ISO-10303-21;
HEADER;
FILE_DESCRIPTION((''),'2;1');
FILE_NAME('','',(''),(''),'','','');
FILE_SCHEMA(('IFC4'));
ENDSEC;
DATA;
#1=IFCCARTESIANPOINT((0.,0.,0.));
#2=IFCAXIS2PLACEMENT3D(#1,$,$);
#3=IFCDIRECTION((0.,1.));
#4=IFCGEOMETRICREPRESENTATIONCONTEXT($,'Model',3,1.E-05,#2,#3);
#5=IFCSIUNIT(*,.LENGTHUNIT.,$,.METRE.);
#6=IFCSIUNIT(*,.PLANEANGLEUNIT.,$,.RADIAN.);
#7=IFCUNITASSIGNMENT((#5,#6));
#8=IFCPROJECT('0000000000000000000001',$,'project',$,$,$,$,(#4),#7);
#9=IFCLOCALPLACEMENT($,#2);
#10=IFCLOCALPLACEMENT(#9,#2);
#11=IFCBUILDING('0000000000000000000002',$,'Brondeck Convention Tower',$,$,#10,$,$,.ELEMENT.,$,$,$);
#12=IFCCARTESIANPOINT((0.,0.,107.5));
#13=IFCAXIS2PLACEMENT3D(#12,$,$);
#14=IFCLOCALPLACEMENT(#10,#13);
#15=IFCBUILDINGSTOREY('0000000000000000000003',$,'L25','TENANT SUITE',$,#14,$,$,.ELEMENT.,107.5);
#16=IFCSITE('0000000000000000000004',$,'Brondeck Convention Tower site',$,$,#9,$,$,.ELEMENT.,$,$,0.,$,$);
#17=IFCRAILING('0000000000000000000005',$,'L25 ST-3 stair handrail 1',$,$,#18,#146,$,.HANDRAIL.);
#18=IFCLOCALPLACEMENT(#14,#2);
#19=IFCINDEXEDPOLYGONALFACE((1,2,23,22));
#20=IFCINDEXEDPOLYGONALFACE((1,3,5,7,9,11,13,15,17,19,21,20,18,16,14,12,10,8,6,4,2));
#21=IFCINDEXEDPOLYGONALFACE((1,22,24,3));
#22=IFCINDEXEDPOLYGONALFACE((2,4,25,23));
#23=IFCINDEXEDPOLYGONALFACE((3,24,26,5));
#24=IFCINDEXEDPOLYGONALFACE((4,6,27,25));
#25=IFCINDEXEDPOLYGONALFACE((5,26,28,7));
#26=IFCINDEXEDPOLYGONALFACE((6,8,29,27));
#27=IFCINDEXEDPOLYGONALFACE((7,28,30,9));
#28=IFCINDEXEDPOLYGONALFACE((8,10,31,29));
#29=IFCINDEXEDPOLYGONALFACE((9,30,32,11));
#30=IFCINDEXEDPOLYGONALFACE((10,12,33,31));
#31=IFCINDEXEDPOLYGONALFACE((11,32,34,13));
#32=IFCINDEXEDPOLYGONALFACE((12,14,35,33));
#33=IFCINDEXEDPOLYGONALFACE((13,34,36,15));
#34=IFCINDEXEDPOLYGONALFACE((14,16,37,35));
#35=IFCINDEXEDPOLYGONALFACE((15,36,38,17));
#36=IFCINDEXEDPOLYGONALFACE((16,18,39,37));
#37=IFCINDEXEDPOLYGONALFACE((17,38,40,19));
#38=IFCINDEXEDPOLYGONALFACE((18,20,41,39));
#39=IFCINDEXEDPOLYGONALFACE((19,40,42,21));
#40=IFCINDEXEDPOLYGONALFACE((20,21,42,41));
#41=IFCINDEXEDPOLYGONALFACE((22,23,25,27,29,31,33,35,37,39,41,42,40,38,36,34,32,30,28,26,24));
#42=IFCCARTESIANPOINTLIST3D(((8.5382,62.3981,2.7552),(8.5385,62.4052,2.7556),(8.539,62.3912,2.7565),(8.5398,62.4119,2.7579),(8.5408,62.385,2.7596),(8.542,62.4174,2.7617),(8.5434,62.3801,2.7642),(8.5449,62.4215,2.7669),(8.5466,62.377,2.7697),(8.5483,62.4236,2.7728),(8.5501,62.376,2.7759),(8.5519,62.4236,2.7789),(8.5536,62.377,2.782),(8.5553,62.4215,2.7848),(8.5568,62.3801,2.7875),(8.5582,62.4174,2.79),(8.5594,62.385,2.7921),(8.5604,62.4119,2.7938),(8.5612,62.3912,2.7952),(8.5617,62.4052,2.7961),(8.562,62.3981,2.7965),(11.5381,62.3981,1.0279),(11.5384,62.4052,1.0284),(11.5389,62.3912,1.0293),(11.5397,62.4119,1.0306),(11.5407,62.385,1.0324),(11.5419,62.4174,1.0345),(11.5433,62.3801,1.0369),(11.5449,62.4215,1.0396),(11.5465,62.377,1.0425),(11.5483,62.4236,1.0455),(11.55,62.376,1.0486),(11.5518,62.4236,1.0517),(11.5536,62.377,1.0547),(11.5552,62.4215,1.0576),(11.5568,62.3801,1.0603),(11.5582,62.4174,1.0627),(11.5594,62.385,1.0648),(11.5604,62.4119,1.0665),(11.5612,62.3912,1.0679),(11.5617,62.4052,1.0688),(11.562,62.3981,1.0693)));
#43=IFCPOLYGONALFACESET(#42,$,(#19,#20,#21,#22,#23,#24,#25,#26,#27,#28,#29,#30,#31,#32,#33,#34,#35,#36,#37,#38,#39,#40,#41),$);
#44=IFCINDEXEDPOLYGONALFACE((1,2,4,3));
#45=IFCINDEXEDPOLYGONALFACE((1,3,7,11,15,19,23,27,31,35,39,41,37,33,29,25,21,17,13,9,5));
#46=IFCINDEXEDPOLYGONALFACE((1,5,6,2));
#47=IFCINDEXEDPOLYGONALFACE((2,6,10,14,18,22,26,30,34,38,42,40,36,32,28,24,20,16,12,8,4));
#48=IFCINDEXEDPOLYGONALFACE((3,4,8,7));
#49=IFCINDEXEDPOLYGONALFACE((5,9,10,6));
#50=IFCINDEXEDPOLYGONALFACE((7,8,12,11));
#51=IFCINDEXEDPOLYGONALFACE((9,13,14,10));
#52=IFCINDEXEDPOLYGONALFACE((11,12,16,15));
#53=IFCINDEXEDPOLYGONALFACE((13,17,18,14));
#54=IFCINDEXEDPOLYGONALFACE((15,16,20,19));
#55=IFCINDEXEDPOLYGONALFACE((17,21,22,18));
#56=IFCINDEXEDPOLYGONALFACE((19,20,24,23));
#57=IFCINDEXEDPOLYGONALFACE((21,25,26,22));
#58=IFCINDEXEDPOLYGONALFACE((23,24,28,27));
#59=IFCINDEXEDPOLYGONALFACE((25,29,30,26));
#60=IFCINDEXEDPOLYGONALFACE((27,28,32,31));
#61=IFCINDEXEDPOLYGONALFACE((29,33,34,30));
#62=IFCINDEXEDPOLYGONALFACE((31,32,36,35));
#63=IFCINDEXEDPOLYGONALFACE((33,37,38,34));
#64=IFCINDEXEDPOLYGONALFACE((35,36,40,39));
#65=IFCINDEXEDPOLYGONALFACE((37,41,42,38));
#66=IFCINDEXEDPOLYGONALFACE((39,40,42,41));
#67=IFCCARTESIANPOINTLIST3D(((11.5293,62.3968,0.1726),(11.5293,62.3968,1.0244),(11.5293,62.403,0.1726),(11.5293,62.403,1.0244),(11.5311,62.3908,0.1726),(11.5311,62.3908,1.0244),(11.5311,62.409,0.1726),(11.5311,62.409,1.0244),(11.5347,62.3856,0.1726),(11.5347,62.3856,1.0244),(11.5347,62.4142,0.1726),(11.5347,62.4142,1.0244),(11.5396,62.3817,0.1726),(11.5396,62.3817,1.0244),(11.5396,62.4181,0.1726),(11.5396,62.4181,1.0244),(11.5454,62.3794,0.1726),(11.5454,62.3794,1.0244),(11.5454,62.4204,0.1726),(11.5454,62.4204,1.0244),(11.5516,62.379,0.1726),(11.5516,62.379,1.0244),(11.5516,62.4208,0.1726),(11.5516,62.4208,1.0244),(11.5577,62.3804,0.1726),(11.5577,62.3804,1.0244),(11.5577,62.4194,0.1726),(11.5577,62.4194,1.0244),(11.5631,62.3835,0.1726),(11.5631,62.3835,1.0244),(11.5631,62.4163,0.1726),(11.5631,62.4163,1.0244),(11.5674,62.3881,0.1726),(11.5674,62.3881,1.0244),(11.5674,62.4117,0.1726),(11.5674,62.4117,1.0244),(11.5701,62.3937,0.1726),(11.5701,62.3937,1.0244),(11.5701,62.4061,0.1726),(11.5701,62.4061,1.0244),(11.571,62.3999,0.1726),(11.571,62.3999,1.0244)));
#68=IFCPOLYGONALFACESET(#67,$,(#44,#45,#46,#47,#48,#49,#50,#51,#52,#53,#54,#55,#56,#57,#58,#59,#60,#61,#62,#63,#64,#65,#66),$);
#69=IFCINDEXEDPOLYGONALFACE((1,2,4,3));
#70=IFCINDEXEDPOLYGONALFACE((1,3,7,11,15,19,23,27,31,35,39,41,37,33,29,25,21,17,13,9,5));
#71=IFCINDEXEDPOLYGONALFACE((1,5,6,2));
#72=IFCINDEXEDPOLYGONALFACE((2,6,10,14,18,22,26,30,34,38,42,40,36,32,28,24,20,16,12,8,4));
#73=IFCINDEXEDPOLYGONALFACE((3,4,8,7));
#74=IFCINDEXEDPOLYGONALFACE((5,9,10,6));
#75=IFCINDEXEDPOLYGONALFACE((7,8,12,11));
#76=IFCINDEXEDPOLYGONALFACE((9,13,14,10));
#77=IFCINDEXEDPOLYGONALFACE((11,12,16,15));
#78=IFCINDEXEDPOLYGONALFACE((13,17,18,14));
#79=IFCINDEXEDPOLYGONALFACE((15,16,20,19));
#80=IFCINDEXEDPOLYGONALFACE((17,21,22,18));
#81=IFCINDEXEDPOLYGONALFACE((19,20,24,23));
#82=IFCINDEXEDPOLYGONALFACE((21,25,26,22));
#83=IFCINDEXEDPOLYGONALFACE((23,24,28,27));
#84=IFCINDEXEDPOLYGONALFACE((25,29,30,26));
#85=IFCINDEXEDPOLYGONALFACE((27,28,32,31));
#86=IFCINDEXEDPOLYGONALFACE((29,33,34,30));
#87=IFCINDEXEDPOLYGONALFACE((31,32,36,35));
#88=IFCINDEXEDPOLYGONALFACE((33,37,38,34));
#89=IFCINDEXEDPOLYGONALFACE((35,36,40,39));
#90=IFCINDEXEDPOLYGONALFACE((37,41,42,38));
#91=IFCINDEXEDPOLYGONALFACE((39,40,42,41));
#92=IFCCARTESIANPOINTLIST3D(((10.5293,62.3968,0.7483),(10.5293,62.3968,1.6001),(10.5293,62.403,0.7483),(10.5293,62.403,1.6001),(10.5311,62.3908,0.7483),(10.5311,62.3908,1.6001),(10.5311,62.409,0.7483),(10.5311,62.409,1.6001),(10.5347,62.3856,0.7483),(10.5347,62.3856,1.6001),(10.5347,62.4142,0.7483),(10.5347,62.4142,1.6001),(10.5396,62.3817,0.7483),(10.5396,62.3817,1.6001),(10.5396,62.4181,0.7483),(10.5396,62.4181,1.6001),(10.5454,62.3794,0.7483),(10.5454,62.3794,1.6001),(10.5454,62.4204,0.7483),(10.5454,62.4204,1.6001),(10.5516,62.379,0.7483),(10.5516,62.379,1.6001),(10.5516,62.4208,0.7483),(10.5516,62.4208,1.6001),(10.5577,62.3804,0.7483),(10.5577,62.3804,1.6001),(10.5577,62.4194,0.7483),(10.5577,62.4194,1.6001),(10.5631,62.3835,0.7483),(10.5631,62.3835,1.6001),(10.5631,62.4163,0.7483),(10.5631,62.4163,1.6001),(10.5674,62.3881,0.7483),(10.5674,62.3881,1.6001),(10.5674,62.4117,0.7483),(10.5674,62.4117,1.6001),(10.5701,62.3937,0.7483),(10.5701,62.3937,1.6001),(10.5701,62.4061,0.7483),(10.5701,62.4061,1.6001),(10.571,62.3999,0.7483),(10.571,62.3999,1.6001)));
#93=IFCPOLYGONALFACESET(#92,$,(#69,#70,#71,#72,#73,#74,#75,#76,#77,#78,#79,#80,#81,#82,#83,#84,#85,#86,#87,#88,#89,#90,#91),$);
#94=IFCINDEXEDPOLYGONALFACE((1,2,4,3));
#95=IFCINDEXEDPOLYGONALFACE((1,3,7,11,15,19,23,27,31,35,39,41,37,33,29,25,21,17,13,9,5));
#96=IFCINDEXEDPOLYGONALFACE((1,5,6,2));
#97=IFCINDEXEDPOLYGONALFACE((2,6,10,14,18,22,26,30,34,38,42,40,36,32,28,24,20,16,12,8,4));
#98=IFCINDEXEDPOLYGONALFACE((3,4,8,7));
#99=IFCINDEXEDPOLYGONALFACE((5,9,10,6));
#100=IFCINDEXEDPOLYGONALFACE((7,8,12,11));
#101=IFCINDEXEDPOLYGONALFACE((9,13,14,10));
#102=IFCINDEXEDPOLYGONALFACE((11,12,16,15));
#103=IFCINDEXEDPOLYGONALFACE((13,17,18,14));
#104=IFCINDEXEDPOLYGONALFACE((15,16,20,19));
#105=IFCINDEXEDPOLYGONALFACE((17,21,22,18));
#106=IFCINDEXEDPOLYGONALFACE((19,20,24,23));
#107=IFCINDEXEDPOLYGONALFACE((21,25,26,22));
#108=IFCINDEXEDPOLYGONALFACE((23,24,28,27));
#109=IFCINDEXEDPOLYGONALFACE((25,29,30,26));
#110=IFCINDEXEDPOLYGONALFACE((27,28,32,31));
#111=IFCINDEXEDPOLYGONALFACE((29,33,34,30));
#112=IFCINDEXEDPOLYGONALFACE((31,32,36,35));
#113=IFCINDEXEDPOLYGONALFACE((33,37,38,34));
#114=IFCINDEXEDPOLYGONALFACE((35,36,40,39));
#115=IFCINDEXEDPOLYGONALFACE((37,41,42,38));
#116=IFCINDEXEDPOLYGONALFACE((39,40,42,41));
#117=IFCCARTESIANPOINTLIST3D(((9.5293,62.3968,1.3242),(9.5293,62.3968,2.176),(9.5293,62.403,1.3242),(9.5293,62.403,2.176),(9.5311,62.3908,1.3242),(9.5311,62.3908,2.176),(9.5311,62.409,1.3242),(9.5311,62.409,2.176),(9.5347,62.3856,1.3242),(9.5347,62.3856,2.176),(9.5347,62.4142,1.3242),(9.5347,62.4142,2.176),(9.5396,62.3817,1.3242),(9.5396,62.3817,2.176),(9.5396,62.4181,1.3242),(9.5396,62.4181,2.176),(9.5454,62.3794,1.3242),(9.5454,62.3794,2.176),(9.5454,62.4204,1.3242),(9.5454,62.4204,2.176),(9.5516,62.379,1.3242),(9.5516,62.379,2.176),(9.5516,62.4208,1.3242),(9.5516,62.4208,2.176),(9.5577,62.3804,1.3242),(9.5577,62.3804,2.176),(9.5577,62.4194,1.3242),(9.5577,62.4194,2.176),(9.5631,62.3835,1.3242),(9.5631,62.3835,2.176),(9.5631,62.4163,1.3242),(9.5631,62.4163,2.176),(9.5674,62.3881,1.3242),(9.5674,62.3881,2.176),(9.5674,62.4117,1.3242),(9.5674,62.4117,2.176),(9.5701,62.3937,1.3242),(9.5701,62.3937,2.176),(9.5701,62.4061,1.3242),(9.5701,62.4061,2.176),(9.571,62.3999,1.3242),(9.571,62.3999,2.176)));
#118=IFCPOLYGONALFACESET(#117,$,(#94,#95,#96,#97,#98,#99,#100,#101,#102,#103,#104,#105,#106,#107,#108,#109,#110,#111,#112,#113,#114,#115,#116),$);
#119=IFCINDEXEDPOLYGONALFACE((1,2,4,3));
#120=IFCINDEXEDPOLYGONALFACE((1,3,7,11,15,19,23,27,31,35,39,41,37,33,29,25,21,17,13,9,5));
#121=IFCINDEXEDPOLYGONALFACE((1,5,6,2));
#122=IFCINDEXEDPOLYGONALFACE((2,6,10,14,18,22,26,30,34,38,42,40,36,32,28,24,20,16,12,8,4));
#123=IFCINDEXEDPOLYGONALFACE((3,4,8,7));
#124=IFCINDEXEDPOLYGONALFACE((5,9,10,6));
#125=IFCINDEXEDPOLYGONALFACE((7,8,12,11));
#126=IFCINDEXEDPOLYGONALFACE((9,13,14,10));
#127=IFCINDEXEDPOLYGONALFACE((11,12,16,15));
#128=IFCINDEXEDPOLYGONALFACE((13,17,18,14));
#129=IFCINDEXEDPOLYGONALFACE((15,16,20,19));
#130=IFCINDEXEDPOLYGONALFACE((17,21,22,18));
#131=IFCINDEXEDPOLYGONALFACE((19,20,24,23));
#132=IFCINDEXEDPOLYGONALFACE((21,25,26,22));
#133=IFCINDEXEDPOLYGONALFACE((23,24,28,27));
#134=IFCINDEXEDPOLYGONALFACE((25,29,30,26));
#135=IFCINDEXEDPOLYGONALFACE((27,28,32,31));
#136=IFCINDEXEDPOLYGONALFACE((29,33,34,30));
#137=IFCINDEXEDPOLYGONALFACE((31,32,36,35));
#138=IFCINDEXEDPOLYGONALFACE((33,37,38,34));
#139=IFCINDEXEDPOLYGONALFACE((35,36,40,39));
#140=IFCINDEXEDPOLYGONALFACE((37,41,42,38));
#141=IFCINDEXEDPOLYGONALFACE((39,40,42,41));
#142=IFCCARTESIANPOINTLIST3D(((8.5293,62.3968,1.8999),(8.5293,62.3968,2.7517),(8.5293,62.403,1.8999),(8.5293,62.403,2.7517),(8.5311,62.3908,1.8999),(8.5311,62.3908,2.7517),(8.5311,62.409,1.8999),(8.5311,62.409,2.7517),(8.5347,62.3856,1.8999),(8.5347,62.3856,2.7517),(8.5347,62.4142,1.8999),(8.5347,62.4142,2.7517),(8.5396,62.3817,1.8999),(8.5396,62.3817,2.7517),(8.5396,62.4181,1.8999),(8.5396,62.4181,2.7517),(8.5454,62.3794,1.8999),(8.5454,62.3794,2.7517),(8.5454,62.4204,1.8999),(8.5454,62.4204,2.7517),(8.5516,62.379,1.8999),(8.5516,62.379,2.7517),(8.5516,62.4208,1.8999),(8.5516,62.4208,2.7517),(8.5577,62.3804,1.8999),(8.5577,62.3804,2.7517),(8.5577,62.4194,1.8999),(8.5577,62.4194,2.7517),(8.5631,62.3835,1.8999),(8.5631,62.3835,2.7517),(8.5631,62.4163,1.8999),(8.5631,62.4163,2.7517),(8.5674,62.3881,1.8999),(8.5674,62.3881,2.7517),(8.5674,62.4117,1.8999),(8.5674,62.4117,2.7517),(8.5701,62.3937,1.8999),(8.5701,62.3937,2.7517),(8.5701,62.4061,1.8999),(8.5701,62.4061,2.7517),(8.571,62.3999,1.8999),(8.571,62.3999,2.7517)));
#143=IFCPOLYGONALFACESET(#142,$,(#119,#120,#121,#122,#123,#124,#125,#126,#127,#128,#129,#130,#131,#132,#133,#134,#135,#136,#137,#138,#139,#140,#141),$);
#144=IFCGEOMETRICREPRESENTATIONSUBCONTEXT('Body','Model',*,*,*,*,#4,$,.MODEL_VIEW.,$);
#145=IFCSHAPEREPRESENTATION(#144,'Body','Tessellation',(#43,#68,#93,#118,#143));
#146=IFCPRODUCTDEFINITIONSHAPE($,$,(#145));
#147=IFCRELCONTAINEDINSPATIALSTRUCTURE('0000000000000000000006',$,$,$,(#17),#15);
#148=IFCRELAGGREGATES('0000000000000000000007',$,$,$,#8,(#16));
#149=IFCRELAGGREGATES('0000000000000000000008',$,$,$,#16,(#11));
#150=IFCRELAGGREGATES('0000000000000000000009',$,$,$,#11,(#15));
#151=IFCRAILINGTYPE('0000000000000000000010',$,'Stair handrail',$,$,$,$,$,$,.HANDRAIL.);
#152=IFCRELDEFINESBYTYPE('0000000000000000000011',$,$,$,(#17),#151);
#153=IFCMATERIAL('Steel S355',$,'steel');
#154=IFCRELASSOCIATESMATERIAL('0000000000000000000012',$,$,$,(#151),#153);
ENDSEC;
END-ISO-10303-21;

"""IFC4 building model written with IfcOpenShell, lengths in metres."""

from ifc_helpers import new_model, si_unit, direction, frame, origin, origin_2d, place, context, subcontext, project, spatial, circle, extrude, material, type_object, element, save


model = new_model("IFC4")

# Units and contexts
model_context = context("Model", 3, precision=1e-05, world=origin(), true_north=direction((0.0, 1.0)))
body_context = subcontext(model_context, "Body", "Model", "MODEL_VIEW")
ifc_project = project(units=[si_unit("LENGTHUNIT", "METRE"), si_unit("PLANEANGLEUNIT", "RADIAN")], contexts=[model_context])

# Site, building, storey
site_placement = place(None, origin())
site = spatial("IfcSite", under=ifc_project, at=site_placement, Name="Brondeck Convention Tower site", CompositionType="ELEMENT", RefElevation=0.0)
building_placement = place(site_placement, origin())
building = spatial("IfcBuilding", under=site, at=building_placement, Name="Brondeck Convention Tower", CompositionType="ELEMENT")
storey_placement = place(building_placement, frame((0.0, 0.0, 107.5)))
storey = spatial("IfcBuildingStorey", under=building, at=storey_placement, Name="L25", Description="TENANT SUITE", CompositionType="ELEMENT", Elevation=107.5)

# Railing
ifc_material_1 = material(Name="Steel S355", Category="steel")
railing_type_1 = type_object("IfcRailingType", Name="Stair handrail", PredefinedType="HANDRAIL", material=ifc_material_1)
railing_1_placement = place(storey_placement, frame((11.55, 62.3999, 0.1726)))
element("IfcRailing", 1, at=railing_1_placement, inside=storey, type_object=railing_type_1, Name="L25 ST-3 stair handrail 1", PredefinedType="HANDRAIL", context=body_context, shape_type="SweptSolid", body=[
    extrude(circle(Radius=0.0239, at=origin_2d()), frame((0.0, 0.0, 0.876), z_axis=(-0.86662, 0.0, 0.498969), x_axis=(0.0, -1.0, 0.0)), (0.0, 0.0, 1.0), 3.4617),
    extrude(circle(Radius=0.021, at=origin_2d()), origin(), (0.0, 0.0, 1.0), 0.8518),
    extrude(circle(Radius=0.021, at=origin_2d()), frame((-1.0, 0.0, 0.5757)), (0.0, 0.0, 1.0), 0.8518),
    extrude(circle(Radius=0.021, at=origin_2d()), frame((-2.0, 0.0, 1.1516)), (0.0, 0.0, 1.0), 0.8518),
    extrude(circle(Radius=0.021, at=origin_2d()), frame((-3.0, 0.0, 1.7273)), (0.0, 0.0, 1.0), 0.8518),
])

save(model, "model.ifc")
